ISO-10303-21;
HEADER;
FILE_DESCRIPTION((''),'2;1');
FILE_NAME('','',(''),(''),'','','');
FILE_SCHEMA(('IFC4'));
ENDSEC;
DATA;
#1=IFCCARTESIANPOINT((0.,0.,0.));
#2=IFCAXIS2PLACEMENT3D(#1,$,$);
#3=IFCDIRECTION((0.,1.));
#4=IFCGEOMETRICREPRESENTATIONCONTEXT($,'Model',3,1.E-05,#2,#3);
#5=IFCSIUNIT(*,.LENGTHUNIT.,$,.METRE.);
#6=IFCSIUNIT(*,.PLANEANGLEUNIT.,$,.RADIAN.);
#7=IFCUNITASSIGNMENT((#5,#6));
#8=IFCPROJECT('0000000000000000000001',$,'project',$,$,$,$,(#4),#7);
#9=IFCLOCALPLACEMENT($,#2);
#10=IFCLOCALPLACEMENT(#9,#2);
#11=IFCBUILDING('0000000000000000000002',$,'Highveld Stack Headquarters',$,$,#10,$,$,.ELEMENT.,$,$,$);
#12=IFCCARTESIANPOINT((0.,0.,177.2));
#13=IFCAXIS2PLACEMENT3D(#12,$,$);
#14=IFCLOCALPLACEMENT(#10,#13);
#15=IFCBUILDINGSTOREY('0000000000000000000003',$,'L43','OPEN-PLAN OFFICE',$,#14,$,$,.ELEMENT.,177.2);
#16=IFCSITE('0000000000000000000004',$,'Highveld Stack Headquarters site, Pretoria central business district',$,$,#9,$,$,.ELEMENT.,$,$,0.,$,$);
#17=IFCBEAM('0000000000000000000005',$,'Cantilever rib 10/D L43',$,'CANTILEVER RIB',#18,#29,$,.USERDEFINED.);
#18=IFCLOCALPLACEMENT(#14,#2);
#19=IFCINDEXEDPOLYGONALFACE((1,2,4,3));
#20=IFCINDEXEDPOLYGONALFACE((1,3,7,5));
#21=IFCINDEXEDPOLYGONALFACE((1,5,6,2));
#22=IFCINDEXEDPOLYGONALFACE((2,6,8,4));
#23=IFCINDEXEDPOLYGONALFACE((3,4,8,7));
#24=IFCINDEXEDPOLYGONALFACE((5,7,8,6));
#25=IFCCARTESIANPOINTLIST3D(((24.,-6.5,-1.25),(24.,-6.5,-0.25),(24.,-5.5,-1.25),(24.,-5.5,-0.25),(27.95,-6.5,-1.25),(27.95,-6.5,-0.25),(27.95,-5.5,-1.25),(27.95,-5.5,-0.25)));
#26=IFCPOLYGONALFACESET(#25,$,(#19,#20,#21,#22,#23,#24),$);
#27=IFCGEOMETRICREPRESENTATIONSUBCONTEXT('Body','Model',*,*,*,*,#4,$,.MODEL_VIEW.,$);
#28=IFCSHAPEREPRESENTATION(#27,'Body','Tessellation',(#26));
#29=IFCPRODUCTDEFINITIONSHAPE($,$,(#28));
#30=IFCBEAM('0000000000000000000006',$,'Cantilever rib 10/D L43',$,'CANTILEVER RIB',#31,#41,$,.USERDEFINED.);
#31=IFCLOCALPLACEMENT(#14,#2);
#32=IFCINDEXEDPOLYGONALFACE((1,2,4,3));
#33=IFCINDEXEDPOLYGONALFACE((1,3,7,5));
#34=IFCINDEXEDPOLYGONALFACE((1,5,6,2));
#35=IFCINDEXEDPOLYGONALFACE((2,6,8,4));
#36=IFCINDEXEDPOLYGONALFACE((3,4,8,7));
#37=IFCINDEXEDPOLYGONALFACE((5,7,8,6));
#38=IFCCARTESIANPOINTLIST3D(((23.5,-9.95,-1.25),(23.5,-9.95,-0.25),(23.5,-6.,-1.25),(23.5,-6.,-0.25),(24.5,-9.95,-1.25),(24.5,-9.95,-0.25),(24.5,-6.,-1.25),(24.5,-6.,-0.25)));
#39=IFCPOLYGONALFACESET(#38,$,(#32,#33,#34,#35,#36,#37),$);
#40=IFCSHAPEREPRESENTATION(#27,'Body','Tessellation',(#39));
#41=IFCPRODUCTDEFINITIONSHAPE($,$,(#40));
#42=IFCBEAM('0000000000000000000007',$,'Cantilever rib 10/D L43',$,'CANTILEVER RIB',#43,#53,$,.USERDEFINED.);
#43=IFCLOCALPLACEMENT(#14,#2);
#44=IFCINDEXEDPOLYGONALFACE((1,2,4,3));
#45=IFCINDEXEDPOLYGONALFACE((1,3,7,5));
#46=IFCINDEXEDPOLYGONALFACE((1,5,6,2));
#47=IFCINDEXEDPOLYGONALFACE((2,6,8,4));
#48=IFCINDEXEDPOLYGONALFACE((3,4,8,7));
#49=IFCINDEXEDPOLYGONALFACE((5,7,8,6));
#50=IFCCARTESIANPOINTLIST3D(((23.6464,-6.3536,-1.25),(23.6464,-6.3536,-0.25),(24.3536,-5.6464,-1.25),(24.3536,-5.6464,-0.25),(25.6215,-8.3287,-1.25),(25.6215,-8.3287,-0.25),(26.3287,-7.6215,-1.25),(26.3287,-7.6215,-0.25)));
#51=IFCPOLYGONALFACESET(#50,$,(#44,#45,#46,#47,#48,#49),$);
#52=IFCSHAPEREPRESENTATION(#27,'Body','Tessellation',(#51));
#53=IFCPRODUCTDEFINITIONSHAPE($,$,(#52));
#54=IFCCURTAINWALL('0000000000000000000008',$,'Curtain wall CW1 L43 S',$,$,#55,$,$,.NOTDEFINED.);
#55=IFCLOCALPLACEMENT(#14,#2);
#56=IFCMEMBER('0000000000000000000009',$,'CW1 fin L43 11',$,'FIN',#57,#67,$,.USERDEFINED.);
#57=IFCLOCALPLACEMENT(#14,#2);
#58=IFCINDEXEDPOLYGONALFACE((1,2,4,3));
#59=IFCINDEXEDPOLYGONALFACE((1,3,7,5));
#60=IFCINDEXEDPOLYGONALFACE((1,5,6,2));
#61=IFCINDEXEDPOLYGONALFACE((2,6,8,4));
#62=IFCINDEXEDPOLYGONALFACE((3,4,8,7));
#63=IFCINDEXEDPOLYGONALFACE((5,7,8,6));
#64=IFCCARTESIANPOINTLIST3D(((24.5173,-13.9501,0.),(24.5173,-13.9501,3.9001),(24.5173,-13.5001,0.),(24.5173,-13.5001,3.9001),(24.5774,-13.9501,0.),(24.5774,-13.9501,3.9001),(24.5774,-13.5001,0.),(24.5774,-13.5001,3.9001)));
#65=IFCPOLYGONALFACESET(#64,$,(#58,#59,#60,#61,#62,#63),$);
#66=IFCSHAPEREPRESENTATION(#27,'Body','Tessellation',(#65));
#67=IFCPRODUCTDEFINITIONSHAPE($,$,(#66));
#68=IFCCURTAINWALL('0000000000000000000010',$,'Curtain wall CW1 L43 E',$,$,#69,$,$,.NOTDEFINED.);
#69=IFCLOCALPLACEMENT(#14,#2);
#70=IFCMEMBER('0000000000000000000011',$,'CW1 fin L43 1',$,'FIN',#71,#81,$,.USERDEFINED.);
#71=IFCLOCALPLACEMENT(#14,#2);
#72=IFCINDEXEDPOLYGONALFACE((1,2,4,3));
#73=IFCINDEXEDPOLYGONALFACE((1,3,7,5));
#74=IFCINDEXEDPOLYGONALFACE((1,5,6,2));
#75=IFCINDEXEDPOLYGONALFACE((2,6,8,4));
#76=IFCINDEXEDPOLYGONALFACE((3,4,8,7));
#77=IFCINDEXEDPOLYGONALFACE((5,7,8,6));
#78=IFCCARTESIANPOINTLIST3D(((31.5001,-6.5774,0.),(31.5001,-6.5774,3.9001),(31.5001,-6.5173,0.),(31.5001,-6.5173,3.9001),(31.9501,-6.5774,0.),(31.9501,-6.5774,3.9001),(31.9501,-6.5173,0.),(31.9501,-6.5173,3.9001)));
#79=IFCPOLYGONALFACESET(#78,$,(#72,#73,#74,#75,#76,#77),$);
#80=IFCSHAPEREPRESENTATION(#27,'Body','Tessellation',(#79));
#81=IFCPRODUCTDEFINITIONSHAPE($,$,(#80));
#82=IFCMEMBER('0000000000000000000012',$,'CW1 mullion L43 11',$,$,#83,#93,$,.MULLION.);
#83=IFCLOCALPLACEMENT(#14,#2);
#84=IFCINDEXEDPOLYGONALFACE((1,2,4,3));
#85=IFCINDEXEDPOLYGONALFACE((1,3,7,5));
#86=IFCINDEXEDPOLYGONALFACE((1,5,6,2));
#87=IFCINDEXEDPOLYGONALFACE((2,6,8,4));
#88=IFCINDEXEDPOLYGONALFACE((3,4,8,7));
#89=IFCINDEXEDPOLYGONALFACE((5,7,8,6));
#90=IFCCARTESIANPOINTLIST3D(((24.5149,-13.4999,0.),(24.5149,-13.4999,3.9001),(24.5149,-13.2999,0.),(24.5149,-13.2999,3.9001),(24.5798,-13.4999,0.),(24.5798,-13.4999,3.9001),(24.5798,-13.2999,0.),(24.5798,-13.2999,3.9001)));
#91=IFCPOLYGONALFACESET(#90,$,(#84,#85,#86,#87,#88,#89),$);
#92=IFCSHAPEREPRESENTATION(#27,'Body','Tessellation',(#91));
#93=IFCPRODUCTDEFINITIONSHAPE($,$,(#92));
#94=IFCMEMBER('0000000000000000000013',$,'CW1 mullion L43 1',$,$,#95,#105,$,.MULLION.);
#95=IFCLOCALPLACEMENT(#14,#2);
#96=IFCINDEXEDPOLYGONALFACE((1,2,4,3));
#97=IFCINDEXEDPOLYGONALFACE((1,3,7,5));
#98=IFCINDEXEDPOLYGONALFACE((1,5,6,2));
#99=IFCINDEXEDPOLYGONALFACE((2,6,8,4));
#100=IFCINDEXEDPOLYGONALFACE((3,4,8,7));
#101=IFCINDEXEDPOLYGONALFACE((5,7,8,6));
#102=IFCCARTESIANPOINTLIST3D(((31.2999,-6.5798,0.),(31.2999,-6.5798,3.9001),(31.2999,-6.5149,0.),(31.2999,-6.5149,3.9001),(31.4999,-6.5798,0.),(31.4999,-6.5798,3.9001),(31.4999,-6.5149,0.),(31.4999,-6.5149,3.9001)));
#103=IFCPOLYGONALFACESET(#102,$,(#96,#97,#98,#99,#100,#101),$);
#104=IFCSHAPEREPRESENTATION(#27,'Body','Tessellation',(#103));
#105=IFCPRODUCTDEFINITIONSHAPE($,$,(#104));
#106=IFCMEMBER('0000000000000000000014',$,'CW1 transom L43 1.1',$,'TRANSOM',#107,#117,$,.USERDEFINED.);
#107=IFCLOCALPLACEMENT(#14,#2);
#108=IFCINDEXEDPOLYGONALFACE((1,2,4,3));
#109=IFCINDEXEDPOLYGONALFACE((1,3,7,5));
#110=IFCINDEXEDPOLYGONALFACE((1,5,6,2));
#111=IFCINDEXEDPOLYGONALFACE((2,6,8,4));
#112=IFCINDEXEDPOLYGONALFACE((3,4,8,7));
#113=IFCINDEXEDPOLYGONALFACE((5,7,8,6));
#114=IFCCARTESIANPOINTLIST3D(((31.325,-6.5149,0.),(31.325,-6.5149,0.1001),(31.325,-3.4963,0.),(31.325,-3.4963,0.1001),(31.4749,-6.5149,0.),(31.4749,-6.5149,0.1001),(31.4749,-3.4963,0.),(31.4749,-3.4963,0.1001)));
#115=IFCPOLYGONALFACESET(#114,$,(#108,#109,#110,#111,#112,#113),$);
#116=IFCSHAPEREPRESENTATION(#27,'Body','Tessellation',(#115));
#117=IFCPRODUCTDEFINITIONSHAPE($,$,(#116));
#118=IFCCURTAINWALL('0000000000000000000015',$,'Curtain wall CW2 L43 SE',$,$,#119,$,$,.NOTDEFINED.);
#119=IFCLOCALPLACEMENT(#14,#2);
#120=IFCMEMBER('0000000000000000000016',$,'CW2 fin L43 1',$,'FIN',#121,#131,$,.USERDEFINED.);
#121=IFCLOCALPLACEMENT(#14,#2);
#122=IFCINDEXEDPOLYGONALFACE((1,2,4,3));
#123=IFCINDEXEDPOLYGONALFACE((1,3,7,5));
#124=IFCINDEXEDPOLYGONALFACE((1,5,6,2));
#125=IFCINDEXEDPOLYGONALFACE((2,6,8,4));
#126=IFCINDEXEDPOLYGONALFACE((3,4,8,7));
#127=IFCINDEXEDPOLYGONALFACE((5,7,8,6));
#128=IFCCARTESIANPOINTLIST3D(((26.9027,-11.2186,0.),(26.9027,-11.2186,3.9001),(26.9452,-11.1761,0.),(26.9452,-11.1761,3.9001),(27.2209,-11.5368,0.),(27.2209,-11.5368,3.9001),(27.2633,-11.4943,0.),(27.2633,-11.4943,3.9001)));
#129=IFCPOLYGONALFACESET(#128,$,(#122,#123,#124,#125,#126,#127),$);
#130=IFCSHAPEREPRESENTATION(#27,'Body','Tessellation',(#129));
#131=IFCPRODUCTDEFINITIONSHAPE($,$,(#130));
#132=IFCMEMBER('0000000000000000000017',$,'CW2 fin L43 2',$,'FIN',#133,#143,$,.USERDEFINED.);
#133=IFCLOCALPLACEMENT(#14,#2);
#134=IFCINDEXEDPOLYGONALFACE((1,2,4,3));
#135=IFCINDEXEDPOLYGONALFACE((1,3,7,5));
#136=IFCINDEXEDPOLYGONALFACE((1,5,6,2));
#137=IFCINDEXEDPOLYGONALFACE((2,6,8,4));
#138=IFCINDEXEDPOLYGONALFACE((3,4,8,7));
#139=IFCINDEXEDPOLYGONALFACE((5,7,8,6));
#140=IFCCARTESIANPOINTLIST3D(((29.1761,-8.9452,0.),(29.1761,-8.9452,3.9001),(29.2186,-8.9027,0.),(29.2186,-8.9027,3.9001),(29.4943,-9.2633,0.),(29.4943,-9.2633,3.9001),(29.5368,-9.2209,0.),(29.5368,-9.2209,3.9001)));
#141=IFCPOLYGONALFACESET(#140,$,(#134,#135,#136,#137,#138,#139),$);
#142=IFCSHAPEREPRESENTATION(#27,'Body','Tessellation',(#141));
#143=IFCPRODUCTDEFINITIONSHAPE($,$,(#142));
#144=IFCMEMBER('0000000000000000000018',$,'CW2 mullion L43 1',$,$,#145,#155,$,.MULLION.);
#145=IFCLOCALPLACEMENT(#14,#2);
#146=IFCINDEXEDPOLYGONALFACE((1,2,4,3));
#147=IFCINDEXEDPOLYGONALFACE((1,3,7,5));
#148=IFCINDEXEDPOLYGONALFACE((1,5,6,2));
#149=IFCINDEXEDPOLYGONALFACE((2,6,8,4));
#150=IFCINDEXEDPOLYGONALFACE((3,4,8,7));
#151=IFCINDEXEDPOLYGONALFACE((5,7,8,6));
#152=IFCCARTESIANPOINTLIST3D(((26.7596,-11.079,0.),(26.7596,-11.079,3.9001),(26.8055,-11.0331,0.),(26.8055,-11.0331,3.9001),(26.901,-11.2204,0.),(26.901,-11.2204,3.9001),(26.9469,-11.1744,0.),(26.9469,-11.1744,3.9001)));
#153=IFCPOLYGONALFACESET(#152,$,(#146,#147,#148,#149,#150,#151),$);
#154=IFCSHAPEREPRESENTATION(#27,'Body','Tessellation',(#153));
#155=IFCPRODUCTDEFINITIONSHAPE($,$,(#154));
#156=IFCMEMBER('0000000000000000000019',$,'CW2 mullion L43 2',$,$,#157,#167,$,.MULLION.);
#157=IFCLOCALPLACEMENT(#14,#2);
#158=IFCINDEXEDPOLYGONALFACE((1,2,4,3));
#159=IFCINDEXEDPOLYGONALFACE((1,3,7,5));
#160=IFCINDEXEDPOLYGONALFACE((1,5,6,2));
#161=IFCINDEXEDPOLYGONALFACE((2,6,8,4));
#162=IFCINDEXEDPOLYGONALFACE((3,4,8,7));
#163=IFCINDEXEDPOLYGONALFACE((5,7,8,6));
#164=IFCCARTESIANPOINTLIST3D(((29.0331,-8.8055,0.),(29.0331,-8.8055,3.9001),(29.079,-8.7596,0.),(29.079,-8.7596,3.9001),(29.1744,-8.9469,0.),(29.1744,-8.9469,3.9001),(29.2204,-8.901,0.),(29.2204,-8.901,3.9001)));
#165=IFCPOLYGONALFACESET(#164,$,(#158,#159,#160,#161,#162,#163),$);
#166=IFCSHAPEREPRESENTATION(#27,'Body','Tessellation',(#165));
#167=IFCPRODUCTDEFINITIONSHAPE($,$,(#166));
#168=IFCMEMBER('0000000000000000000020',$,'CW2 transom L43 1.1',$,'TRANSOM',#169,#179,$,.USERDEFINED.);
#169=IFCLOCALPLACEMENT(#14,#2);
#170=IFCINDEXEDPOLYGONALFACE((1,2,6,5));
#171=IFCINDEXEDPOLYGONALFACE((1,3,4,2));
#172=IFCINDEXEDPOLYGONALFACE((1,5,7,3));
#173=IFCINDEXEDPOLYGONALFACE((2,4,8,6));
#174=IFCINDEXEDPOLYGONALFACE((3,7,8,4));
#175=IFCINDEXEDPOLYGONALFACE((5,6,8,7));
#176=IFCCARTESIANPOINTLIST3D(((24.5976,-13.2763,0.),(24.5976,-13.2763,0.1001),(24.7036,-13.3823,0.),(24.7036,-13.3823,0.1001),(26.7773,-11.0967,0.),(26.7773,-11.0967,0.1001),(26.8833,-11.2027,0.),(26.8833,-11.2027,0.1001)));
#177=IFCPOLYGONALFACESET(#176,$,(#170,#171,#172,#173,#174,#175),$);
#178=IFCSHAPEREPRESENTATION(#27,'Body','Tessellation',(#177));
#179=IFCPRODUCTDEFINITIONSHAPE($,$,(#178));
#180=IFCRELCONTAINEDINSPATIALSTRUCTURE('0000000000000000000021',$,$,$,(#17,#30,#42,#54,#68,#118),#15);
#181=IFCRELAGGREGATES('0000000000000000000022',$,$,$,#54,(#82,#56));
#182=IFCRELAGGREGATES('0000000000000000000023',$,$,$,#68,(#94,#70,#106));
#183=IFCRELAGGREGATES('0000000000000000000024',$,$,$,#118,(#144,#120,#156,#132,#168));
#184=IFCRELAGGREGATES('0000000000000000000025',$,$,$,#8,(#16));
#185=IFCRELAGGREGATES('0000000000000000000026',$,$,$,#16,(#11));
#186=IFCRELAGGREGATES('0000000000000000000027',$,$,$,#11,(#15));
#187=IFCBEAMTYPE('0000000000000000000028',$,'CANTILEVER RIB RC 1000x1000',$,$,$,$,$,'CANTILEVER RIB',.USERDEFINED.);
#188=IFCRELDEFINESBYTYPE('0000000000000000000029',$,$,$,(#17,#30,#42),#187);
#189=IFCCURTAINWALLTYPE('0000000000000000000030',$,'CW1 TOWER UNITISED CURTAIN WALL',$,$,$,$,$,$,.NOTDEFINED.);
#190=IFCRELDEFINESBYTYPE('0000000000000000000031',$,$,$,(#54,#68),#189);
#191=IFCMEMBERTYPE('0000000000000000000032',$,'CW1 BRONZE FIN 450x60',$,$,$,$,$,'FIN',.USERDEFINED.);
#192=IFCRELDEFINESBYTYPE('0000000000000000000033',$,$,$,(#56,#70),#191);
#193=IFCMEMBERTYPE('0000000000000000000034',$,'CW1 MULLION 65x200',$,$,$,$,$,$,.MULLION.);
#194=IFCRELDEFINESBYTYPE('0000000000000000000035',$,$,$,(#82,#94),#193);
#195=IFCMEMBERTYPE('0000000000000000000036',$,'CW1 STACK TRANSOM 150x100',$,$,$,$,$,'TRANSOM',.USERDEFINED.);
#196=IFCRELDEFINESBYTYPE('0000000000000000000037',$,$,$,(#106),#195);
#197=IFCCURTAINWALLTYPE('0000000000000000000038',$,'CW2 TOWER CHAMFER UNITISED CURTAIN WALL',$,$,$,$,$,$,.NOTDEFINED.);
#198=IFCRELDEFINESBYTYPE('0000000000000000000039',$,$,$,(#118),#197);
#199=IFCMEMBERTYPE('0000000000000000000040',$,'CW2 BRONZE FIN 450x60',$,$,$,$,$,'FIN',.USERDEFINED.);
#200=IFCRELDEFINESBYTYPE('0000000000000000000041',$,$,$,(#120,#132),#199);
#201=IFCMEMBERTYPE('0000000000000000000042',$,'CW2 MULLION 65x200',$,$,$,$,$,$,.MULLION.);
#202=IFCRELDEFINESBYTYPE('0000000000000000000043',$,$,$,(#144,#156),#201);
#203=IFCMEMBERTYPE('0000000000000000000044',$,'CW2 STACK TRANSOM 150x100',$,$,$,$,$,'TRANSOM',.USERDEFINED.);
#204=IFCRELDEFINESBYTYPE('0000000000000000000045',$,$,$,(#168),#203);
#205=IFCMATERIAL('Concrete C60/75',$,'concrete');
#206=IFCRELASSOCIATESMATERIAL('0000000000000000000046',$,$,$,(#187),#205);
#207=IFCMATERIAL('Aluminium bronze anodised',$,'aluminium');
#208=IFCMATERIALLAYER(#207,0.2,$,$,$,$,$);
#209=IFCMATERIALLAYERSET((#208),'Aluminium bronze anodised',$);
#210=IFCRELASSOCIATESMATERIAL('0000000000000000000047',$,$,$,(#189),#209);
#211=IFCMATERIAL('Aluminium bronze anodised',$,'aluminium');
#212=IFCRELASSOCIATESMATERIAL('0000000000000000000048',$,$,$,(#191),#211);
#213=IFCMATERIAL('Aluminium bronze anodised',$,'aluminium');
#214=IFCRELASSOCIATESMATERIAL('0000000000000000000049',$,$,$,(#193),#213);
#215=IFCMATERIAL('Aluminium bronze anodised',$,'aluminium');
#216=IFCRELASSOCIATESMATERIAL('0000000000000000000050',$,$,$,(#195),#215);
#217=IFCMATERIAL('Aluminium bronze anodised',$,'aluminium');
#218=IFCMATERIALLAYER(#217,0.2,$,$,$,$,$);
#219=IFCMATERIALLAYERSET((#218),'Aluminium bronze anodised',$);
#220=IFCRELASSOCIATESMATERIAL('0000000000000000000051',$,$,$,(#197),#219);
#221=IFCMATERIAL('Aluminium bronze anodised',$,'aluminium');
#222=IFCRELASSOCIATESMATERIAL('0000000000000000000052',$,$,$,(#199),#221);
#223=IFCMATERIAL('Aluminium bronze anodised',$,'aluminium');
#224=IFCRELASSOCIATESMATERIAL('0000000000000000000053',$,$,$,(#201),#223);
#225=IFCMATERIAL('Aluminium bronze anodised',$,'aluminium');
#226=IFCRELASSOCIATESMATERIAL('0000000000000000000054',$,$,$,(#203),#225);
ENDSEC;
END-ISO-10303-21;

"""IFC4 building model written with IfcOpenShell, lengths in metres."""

from ifc_helpers import new_model, si_unit, direction, frame, origin, origin_2d, place, context, subcontext, project, spatial, rectangle, extrude, material, layer, layer_set, material_profile, profile_set, type_object, element, aggregate, save


model = new_model("IFC4")

# Units and contexts
model_context = context("Model", 3, precision=1e-05, world=origin(), true_north=direction((0.0, 1.0)))
body_context = subcontext(model_context, "Body", "Model", "MODEL_VIEW")
ifc_project = project(units=[si_unit("LENGTHUNIT", "METRE"), si_unit("PLANEANGLEUNIT", "RADIAN")], contexts=[model_context])

# Site, building, storey
site_placement = place(None, origin())
site = spatial("IfcSite", under=ifc_project, at=site_placement, Name="Highveld Stack Headquarters site, Pretoria central business district", CompositionType="ELEMENT", RefElevation=0.0)
building_placement = place(site_placement, origin())
building = spatial("IfcBuilding", under=site, at=building_placement, Name="Highveld Stack Headquarters", CompositionType="ELEMENT")
storey_placement = place(building_placement, frame((0.0, 0.0, 177.2)))
storey = spatial("IfcBuildingStorey", under=building, at=storey_placement, Name="L43", Description="OPEN-PLAN OFFICE", CompositionType="ELEMENT", Elevation=177.2)

# Beams
ifc_material_1 = material(Name="Concrete C60/75", Category="concrete")
ifc_material_profile_1 = material_profile(ifc_material_1, rectangle(XDim=1.0, YDim=1.0, at=origin_2d()), Name="RC 1000x1000")
ifc_profile_set_1 = profile_set([ifc_material_profile_1], Name="Concrete C60/75")
beam_type_1 = type_object("IfcBeamType", Name="CANTILEVER RIB RC 1000x1000", ElementType="CANTILEVER RIB", PredefinedType="USERDEFINED", material=ifc_profile_set_1)
for number, where, z_axis, x_axis, name in (
    (1, (24.0, -6.0, -0.75), (1.0, 0.0, 0.0), (0.0, 1.0, 0.0), "Cantilever rib 10/D L43"),
    (2, (24.0, -6.0, -0.75), (0.0, -1.0, 0.0), (1.0, 0.0, 0.0), "Cantilever rib 10/D L43"),
):
    element("IfcBeam", number, at=place(storey_placement, frame(where, z_axis=z_axis, x_axis=x_axis)), inside=storey, type_object=beam_type_1, Name=name, ObjectType="CANTILEVER RIB", PredefinedType="USERDEFINED", context=body_context, shape_type="SweptSolid", body=[
        extrude(rectangle(XDim=1.0, YDim=1.0, at=origin_2d()), origin(), (0.0, 0.0, 1.0), 3.95),
    ])
beam_1_placement = place(storey_placement, frame((24.0, -6.0, -0.75), z_axis=(0.707107, -0.707107, 0.0), x_axis=(0.707107, 0.707107, 0.0)))
element("IfcBeam", 3, at=beam_1_placement, inside=storey, type_object=beam_type_1, Name="Cantilever rib 10/D L43", ObjectType="CANTILEVER RIB", PredefinedType="USERDEFINED", context=body_context, shape_type="SweptSolid", body=[
    extrude(rectangle(XDim=1.0, YDim=1.0, at=origin_2d()), origin(), (0.0, 0.0, 1.0), 2.7932),
])

# Curtain walls, members
ifc_material_2 = material(Name="Aluminium bronze anodised", Category="aluminium")
ifc_layer_1 = layer(ifc_material_2, 0.2)
ifc_layer_set_1 = layer_set([ifc_layer_1], Name="Aluminium bronze anodised")
curtain_wall_type_1 = type_object("IfcCurtainWallType", Name="CW1 TOWER UNITISED CURTAIN WALL", PredefinedType="NOTDEFINED", material=ifc_layer_set_1)
curtain_wall_1_placement = place(storey_placement, origin())
curtain_wall_1 = element("IfcCurtainWall", 4, at=curtain_wall_1_placement, inside=storey, type_object=curtain_wall_type_1, Name="Curtain wall CW1 L43 S", PredefinedType="NOTDEFINED")
ifc_material_3 = material(Name="Aluminium bronze anodised", Category="aluminium")
ifc_material_profile_2 = material_profile(ifc_material_3, rectangle(XDim=0.45, YDim=0.0601, at=origin_2d()), Name="FIN 450x60")
ifc_profile_set_2 = profile_set([ifc_material_profile_2], Name="Aluminium bronze anodised")
member_type_1 = type_object("IfcMemberType", Name="CW1 BRONZE FIN 450x60", ElementType="FIN", PredefinedType="USERDEFINED", material=ifc_profile_set_2)
member_1_placement = place(storey_placement, frame((24.5474, -13.7251, 0.0), z_axis=(0.0, 0.0, 1.0), x_axis=(0.0, 1.0, 0.0)))
member_1 = element("IfcMember", 5, at=member_1_placement, type_object=member_type_1, Name="CW1 fin L43 11", ObjectType="FIN", PredefinedType="USERDEFINED", context=body_context, shape_type="SweptSolid", body=[
    extrude(rectangle(XDim=0.45, YDim=0.0601, at=origin_2d()), origin(), (0.0, 0.0, 1.0), 3.9001),
])
curtain_wall_2_placement = place(storey_placement, origin())
curtain_wall_2 = element("IfcCurtainWall", 6, at=curtain_wall_2_placement, inside=storey, type_object=curtain_wall_type_1, Name="Curtain wall CW1 L43 E", PredefinedType="NOTDEFINED")
member_2_placement = place(storey_placement, frame((31.7251, -6.5474, 0.0), z_axis=(0.0, 0.0, 1.0), x_axis=(-1.0, 0.0, 0.0)))
member_2 = element("IfcMember", 7, at=member_2_placement, type_object=member_type_1, Name="CW1 fin L43 1", ObjectType="FIN", PredefinedType="USERDEFINED", context=body_context, shape_type="SweptSolid", body=[
    extrude(rectangle(XDim=0.45, YDim=0.0601, at=origin_2d()), origin(), (0.0, 0.0, 1.0), 3.9001),
])

# Members
ifc_material_4 = material(Name="Aluminium bronze anodised", Category="aluminium")
ifc_material_profile_3 = material_profile(ifc_material_4, rectangle(XDim=0.2, YDim=0.0649, at=origin_2d()), Name="CW1 MULLION 65x200")
ifc_profile_set_3 = profile_set([ifc_material_profile_3], Name="Aluminium bronze anodised")
member_type_2 = type_object("IfcMemberType", Name="CW1 MULLION 65x200", PredefinedType="MULLION", material=ifc_profile_set_3)
member_3_placement = place(storey_placement, frame((24.5474, -13.3999, 0.0), z_axis=(0.0, 0.0, 1.0), x_axis=(0.0, 1.0, 0.0)))
member_3 = element("IfcMember", 8, at=member_3_placement, type_object=member_type_2, Name="CW1 mullion L43 11", PredefinedType="MULLION", context=body_context, shape_type="SweptSolid", body=[
    extrude(rectangle(XDim=0.2, YDim=0.0649, at=origin_2d()), origin(), (0.0, 0.0, 1.0), 3.9001),
])
aggregate(curtain_wall_1, [member_3, member_1])
member_4_placement = place(storey_placement, frame((31.3999, -6.5474, 0.0), z_axis=(0.0, 0.0, 1.0), x_axis=(-1.0, 0.0, 0.0)))
member_4 = element("IfcMember", 9, at=member_4_placement, type_object=member_type_2, Name="CW1 mullion L43 1", PredefinedType="MULLION", context=body_context, shape_type="SweptSolid", body=[
    extrude(rectangle(XDim=0.2, YDim=0.0649, at=origin_2d()), origin(), (0.0, 0.0, 1.0), 3.9001),
])
ifc_material_5 = material(Name="Aluminium bronze anodised", Category="aluminium")
ifc_material_profile_4 = material_profile(ifc_material_5, rectangle(XDim=0.1499, YDim=0.1001, at=origin_2d()), Name="CW1 TRANSOM 150x100")
ifc_profile_set_4 = profile_set([ifc_material_profile_4], Name="Aluminium bronze anodised")
member_type_3 = type_object("IfcMemberType", Name="CW1 STACK TRANSOM 150x100", ElementType="TRANSOM", PredefinedType="USERDEFINED", material=ifc_profile_set_4)
member_5_placement = place(storey_placement, frame((31.3999, -6.5149, 0.05), z_axis=(0.0, 1.0, 0.0), x_axis=(-1.0, 0.0, 0.0)))
member_5 = element("IfcMember", 10, at=member_5_placement, type_object=member_type_3, Name="CW1 transom L43 1.1", ObjectType="TRANSOM", PredefinedType="USERDEFINED", context=body_context, shape_type="SweptSolid", body=[
    extrude(rectangle(XDim=0.1499, YDim=0.1001, at=origin_2d()), origin(), (0.0, 0.0, 1.0), 3.0186),
])
aggregate(curtain_wall_2, [member_4, member_2, member_5])

# Curtain wall, members
ifc_material_6 = material(Name="Aluminium bronze anodised", Category="aluminium")
ifc_layer_2 = layer(ifc_material_6, 0.2)
ifc_layer_set_2 = layer_set([ifc_layer_2], Name="Aluminium bronze anodised")
curtain_wall_type_2 = type_object("IfcCurtainWallType", Name="CW2 TOWER CHAMFER UNITISED CURTAIN WALL", PredefinedType="NOTDEFINED", material=ifc_layer_set_2)
curtain_wall_3_placement = place(storey_placement, origin())
curtain_wall_3 = element("IfcCurtainWall", 11, at=curtain_wall_3_placement, inside=storey, type_object=curtain_wall_type_2, Name="Curtain wall CW2 L43 SE", PredefinedType="NOTDEFINED")
ifc_material_7 = material(Name="Aluminium bronze anodised", Category="aluminium")
ifc_material_profile_5 = material_profile(ifc_material_7, rectangle(XDim=0.45, YDim=0.0601, at=origin_2d()), Name="FIN 450x60")
ifc_profile_set_5 = profile_set([ifc_material_profile_5], Name="Aluminium bronze anodised")
member_type_4 = type_object("IfcMemberType", Name="CW2 BRONZE FIN 450x60", ElementType="FIN", PredefinedType="USERDEFINED", material=ifc_profile_set_5)
member_6_placement = place(storey_placement, frame((27.083, -11.3564, 0.0), z_axis=(0.0, 0.0, 1.0), x_axis=(-0.707107, 0.707107, 0.0)))
member_6 = element("IfcMember", 12, at=member_6_placement, type_object=member_type_4, Name="CW2 fin L43 1", ObjectType="FIN", PredefinedType="USERDEFINED", context=body_context, shape_type="SweptSolid", body=[
    extrude(rectangle(XDim=0.45, YDim=0.0601, at=origin_2d()), origin(), (0.0, 0.0, 1.0), 3.9001),
])
member_7_placement = place(storey_placement, frame((29.3564, -9.083, 0.0), z_axis=(0.0, 0.0, 1.0), x_axis=(-0.707107, 0.707107, 0.0)))
member_7 = element("IfcMember", 13, at=member_7_placement, type_object=member_type_4, Name="CW2 fin L43 2", ObjectType="FIN", PredefinedType="USERDEFINED", context=body_context, shape_type="SweptSolid", body=[
    extrude(rectangle(XDim=0.45, YDim=0.0601, at=origin_2d()), origin(), (0.0, 0.0, 1.0), 3.9001),
])
ifc_material_8 = material(Name="Aluminium bronze anodised", Category="aluminium")
ifc_material_profile_6 = material_profile(ifc_material_8, rectangle(XDim=0.2, YDim=0.0649, at=origin_2d()), Name="CW2 MULLION 65x200")
ifc_profile_set_6 = profile_set([ifc_material_profile_6], Name="Aluminium bronze anodised")
member_type_5 = type_object("IfcMemberType", Name="CW2 MULLION 65x200", PredefinedType="MULLION", material=ifc_profile_set_6)
member_8_placement = place(storey_placement, frame((26.8533, -11.1267, 0.0), z_axis=(0.0, 0.0, 1.0), x_axis=(-0.707107, 0.707107, 0.0)))
member_8 = element("IfcMember", 14, at=member_8_placement, type_object=member_type_5, Name="CW2 mullion L43 1", PredefinedType="MULLION", context=body_context, shape_type="SweptSolid", body=[
    extrude(rectangle(XDim=0.2, YDim=0.0649, at=origin_2d()), origin(), (0.0, 0.0, 1.0), 3.9001),
])
member_9_placement = place(storey_placement, frame((29.1267, -8.8533, 0.0), z_axis=(0.0, 0.0, 1.0), x_axis=(-0.707107, 0.707107, 0.0)))
member_9 = element("IfcMember", 15, at=member_9_placement, type_object=member_type_5, Name="CW2 mullion L43 2", PredefinedType="MULLION", context=body_context, shape_type="SweptSolid", body=[
    extrude(rectangle(XDim=0.2, YDim=0.0649, at=origin_2d()), origin(), (0.0, 0.0, 1.0), 3.9001),
])
ifc_material_9 = material(Name="Aluminium bronze anodised", Category="aluminium")
ifc_material_profile_7 = material_profile(ifc_material_9, rectangle(XDim=0.1499, YDim=0.1001, at=origin_2d()), Name="CW2 TRANSOM 150x100")
ifc_profile_set_7 = profile_set([ifc_material_profile_7], Name="Aluminium bronze anodised")
member_type_6 = type_object("IfcMemberType", Name="CW2 STACK TRANSOM 150x100", ElementType="TRANSOM", PredefinedType="USERDEFINED", material=ifc_profile_set_7)
member_10_placement = place(storey_placement, frame((24.6506, -13.3293, 0.05), z_axis=(0.707107, 0.707107, 0.0), x_axis=(-0.707107, 0.707107, 0.0)))
member_10 = element("IfcMember", 16, at=member_10_placement, type_object=member_type_6, Name="CW2 transom L43 1.1", ObjectType="TRANSOM", PredefinedType="USERDEFINED", context=body_context, shape_type="SweptSolid", body=[
    extrude(rectangle(XDim=0.1499, YDim=0.1001, at=origin_2d()), origin(), (0.0, 0.0, 1.0), 3.0825),
])

aggregate(curtain_wall_3, [member_8, member_6, member_9, member_7, member_10])

save(model, "model.ifc")
